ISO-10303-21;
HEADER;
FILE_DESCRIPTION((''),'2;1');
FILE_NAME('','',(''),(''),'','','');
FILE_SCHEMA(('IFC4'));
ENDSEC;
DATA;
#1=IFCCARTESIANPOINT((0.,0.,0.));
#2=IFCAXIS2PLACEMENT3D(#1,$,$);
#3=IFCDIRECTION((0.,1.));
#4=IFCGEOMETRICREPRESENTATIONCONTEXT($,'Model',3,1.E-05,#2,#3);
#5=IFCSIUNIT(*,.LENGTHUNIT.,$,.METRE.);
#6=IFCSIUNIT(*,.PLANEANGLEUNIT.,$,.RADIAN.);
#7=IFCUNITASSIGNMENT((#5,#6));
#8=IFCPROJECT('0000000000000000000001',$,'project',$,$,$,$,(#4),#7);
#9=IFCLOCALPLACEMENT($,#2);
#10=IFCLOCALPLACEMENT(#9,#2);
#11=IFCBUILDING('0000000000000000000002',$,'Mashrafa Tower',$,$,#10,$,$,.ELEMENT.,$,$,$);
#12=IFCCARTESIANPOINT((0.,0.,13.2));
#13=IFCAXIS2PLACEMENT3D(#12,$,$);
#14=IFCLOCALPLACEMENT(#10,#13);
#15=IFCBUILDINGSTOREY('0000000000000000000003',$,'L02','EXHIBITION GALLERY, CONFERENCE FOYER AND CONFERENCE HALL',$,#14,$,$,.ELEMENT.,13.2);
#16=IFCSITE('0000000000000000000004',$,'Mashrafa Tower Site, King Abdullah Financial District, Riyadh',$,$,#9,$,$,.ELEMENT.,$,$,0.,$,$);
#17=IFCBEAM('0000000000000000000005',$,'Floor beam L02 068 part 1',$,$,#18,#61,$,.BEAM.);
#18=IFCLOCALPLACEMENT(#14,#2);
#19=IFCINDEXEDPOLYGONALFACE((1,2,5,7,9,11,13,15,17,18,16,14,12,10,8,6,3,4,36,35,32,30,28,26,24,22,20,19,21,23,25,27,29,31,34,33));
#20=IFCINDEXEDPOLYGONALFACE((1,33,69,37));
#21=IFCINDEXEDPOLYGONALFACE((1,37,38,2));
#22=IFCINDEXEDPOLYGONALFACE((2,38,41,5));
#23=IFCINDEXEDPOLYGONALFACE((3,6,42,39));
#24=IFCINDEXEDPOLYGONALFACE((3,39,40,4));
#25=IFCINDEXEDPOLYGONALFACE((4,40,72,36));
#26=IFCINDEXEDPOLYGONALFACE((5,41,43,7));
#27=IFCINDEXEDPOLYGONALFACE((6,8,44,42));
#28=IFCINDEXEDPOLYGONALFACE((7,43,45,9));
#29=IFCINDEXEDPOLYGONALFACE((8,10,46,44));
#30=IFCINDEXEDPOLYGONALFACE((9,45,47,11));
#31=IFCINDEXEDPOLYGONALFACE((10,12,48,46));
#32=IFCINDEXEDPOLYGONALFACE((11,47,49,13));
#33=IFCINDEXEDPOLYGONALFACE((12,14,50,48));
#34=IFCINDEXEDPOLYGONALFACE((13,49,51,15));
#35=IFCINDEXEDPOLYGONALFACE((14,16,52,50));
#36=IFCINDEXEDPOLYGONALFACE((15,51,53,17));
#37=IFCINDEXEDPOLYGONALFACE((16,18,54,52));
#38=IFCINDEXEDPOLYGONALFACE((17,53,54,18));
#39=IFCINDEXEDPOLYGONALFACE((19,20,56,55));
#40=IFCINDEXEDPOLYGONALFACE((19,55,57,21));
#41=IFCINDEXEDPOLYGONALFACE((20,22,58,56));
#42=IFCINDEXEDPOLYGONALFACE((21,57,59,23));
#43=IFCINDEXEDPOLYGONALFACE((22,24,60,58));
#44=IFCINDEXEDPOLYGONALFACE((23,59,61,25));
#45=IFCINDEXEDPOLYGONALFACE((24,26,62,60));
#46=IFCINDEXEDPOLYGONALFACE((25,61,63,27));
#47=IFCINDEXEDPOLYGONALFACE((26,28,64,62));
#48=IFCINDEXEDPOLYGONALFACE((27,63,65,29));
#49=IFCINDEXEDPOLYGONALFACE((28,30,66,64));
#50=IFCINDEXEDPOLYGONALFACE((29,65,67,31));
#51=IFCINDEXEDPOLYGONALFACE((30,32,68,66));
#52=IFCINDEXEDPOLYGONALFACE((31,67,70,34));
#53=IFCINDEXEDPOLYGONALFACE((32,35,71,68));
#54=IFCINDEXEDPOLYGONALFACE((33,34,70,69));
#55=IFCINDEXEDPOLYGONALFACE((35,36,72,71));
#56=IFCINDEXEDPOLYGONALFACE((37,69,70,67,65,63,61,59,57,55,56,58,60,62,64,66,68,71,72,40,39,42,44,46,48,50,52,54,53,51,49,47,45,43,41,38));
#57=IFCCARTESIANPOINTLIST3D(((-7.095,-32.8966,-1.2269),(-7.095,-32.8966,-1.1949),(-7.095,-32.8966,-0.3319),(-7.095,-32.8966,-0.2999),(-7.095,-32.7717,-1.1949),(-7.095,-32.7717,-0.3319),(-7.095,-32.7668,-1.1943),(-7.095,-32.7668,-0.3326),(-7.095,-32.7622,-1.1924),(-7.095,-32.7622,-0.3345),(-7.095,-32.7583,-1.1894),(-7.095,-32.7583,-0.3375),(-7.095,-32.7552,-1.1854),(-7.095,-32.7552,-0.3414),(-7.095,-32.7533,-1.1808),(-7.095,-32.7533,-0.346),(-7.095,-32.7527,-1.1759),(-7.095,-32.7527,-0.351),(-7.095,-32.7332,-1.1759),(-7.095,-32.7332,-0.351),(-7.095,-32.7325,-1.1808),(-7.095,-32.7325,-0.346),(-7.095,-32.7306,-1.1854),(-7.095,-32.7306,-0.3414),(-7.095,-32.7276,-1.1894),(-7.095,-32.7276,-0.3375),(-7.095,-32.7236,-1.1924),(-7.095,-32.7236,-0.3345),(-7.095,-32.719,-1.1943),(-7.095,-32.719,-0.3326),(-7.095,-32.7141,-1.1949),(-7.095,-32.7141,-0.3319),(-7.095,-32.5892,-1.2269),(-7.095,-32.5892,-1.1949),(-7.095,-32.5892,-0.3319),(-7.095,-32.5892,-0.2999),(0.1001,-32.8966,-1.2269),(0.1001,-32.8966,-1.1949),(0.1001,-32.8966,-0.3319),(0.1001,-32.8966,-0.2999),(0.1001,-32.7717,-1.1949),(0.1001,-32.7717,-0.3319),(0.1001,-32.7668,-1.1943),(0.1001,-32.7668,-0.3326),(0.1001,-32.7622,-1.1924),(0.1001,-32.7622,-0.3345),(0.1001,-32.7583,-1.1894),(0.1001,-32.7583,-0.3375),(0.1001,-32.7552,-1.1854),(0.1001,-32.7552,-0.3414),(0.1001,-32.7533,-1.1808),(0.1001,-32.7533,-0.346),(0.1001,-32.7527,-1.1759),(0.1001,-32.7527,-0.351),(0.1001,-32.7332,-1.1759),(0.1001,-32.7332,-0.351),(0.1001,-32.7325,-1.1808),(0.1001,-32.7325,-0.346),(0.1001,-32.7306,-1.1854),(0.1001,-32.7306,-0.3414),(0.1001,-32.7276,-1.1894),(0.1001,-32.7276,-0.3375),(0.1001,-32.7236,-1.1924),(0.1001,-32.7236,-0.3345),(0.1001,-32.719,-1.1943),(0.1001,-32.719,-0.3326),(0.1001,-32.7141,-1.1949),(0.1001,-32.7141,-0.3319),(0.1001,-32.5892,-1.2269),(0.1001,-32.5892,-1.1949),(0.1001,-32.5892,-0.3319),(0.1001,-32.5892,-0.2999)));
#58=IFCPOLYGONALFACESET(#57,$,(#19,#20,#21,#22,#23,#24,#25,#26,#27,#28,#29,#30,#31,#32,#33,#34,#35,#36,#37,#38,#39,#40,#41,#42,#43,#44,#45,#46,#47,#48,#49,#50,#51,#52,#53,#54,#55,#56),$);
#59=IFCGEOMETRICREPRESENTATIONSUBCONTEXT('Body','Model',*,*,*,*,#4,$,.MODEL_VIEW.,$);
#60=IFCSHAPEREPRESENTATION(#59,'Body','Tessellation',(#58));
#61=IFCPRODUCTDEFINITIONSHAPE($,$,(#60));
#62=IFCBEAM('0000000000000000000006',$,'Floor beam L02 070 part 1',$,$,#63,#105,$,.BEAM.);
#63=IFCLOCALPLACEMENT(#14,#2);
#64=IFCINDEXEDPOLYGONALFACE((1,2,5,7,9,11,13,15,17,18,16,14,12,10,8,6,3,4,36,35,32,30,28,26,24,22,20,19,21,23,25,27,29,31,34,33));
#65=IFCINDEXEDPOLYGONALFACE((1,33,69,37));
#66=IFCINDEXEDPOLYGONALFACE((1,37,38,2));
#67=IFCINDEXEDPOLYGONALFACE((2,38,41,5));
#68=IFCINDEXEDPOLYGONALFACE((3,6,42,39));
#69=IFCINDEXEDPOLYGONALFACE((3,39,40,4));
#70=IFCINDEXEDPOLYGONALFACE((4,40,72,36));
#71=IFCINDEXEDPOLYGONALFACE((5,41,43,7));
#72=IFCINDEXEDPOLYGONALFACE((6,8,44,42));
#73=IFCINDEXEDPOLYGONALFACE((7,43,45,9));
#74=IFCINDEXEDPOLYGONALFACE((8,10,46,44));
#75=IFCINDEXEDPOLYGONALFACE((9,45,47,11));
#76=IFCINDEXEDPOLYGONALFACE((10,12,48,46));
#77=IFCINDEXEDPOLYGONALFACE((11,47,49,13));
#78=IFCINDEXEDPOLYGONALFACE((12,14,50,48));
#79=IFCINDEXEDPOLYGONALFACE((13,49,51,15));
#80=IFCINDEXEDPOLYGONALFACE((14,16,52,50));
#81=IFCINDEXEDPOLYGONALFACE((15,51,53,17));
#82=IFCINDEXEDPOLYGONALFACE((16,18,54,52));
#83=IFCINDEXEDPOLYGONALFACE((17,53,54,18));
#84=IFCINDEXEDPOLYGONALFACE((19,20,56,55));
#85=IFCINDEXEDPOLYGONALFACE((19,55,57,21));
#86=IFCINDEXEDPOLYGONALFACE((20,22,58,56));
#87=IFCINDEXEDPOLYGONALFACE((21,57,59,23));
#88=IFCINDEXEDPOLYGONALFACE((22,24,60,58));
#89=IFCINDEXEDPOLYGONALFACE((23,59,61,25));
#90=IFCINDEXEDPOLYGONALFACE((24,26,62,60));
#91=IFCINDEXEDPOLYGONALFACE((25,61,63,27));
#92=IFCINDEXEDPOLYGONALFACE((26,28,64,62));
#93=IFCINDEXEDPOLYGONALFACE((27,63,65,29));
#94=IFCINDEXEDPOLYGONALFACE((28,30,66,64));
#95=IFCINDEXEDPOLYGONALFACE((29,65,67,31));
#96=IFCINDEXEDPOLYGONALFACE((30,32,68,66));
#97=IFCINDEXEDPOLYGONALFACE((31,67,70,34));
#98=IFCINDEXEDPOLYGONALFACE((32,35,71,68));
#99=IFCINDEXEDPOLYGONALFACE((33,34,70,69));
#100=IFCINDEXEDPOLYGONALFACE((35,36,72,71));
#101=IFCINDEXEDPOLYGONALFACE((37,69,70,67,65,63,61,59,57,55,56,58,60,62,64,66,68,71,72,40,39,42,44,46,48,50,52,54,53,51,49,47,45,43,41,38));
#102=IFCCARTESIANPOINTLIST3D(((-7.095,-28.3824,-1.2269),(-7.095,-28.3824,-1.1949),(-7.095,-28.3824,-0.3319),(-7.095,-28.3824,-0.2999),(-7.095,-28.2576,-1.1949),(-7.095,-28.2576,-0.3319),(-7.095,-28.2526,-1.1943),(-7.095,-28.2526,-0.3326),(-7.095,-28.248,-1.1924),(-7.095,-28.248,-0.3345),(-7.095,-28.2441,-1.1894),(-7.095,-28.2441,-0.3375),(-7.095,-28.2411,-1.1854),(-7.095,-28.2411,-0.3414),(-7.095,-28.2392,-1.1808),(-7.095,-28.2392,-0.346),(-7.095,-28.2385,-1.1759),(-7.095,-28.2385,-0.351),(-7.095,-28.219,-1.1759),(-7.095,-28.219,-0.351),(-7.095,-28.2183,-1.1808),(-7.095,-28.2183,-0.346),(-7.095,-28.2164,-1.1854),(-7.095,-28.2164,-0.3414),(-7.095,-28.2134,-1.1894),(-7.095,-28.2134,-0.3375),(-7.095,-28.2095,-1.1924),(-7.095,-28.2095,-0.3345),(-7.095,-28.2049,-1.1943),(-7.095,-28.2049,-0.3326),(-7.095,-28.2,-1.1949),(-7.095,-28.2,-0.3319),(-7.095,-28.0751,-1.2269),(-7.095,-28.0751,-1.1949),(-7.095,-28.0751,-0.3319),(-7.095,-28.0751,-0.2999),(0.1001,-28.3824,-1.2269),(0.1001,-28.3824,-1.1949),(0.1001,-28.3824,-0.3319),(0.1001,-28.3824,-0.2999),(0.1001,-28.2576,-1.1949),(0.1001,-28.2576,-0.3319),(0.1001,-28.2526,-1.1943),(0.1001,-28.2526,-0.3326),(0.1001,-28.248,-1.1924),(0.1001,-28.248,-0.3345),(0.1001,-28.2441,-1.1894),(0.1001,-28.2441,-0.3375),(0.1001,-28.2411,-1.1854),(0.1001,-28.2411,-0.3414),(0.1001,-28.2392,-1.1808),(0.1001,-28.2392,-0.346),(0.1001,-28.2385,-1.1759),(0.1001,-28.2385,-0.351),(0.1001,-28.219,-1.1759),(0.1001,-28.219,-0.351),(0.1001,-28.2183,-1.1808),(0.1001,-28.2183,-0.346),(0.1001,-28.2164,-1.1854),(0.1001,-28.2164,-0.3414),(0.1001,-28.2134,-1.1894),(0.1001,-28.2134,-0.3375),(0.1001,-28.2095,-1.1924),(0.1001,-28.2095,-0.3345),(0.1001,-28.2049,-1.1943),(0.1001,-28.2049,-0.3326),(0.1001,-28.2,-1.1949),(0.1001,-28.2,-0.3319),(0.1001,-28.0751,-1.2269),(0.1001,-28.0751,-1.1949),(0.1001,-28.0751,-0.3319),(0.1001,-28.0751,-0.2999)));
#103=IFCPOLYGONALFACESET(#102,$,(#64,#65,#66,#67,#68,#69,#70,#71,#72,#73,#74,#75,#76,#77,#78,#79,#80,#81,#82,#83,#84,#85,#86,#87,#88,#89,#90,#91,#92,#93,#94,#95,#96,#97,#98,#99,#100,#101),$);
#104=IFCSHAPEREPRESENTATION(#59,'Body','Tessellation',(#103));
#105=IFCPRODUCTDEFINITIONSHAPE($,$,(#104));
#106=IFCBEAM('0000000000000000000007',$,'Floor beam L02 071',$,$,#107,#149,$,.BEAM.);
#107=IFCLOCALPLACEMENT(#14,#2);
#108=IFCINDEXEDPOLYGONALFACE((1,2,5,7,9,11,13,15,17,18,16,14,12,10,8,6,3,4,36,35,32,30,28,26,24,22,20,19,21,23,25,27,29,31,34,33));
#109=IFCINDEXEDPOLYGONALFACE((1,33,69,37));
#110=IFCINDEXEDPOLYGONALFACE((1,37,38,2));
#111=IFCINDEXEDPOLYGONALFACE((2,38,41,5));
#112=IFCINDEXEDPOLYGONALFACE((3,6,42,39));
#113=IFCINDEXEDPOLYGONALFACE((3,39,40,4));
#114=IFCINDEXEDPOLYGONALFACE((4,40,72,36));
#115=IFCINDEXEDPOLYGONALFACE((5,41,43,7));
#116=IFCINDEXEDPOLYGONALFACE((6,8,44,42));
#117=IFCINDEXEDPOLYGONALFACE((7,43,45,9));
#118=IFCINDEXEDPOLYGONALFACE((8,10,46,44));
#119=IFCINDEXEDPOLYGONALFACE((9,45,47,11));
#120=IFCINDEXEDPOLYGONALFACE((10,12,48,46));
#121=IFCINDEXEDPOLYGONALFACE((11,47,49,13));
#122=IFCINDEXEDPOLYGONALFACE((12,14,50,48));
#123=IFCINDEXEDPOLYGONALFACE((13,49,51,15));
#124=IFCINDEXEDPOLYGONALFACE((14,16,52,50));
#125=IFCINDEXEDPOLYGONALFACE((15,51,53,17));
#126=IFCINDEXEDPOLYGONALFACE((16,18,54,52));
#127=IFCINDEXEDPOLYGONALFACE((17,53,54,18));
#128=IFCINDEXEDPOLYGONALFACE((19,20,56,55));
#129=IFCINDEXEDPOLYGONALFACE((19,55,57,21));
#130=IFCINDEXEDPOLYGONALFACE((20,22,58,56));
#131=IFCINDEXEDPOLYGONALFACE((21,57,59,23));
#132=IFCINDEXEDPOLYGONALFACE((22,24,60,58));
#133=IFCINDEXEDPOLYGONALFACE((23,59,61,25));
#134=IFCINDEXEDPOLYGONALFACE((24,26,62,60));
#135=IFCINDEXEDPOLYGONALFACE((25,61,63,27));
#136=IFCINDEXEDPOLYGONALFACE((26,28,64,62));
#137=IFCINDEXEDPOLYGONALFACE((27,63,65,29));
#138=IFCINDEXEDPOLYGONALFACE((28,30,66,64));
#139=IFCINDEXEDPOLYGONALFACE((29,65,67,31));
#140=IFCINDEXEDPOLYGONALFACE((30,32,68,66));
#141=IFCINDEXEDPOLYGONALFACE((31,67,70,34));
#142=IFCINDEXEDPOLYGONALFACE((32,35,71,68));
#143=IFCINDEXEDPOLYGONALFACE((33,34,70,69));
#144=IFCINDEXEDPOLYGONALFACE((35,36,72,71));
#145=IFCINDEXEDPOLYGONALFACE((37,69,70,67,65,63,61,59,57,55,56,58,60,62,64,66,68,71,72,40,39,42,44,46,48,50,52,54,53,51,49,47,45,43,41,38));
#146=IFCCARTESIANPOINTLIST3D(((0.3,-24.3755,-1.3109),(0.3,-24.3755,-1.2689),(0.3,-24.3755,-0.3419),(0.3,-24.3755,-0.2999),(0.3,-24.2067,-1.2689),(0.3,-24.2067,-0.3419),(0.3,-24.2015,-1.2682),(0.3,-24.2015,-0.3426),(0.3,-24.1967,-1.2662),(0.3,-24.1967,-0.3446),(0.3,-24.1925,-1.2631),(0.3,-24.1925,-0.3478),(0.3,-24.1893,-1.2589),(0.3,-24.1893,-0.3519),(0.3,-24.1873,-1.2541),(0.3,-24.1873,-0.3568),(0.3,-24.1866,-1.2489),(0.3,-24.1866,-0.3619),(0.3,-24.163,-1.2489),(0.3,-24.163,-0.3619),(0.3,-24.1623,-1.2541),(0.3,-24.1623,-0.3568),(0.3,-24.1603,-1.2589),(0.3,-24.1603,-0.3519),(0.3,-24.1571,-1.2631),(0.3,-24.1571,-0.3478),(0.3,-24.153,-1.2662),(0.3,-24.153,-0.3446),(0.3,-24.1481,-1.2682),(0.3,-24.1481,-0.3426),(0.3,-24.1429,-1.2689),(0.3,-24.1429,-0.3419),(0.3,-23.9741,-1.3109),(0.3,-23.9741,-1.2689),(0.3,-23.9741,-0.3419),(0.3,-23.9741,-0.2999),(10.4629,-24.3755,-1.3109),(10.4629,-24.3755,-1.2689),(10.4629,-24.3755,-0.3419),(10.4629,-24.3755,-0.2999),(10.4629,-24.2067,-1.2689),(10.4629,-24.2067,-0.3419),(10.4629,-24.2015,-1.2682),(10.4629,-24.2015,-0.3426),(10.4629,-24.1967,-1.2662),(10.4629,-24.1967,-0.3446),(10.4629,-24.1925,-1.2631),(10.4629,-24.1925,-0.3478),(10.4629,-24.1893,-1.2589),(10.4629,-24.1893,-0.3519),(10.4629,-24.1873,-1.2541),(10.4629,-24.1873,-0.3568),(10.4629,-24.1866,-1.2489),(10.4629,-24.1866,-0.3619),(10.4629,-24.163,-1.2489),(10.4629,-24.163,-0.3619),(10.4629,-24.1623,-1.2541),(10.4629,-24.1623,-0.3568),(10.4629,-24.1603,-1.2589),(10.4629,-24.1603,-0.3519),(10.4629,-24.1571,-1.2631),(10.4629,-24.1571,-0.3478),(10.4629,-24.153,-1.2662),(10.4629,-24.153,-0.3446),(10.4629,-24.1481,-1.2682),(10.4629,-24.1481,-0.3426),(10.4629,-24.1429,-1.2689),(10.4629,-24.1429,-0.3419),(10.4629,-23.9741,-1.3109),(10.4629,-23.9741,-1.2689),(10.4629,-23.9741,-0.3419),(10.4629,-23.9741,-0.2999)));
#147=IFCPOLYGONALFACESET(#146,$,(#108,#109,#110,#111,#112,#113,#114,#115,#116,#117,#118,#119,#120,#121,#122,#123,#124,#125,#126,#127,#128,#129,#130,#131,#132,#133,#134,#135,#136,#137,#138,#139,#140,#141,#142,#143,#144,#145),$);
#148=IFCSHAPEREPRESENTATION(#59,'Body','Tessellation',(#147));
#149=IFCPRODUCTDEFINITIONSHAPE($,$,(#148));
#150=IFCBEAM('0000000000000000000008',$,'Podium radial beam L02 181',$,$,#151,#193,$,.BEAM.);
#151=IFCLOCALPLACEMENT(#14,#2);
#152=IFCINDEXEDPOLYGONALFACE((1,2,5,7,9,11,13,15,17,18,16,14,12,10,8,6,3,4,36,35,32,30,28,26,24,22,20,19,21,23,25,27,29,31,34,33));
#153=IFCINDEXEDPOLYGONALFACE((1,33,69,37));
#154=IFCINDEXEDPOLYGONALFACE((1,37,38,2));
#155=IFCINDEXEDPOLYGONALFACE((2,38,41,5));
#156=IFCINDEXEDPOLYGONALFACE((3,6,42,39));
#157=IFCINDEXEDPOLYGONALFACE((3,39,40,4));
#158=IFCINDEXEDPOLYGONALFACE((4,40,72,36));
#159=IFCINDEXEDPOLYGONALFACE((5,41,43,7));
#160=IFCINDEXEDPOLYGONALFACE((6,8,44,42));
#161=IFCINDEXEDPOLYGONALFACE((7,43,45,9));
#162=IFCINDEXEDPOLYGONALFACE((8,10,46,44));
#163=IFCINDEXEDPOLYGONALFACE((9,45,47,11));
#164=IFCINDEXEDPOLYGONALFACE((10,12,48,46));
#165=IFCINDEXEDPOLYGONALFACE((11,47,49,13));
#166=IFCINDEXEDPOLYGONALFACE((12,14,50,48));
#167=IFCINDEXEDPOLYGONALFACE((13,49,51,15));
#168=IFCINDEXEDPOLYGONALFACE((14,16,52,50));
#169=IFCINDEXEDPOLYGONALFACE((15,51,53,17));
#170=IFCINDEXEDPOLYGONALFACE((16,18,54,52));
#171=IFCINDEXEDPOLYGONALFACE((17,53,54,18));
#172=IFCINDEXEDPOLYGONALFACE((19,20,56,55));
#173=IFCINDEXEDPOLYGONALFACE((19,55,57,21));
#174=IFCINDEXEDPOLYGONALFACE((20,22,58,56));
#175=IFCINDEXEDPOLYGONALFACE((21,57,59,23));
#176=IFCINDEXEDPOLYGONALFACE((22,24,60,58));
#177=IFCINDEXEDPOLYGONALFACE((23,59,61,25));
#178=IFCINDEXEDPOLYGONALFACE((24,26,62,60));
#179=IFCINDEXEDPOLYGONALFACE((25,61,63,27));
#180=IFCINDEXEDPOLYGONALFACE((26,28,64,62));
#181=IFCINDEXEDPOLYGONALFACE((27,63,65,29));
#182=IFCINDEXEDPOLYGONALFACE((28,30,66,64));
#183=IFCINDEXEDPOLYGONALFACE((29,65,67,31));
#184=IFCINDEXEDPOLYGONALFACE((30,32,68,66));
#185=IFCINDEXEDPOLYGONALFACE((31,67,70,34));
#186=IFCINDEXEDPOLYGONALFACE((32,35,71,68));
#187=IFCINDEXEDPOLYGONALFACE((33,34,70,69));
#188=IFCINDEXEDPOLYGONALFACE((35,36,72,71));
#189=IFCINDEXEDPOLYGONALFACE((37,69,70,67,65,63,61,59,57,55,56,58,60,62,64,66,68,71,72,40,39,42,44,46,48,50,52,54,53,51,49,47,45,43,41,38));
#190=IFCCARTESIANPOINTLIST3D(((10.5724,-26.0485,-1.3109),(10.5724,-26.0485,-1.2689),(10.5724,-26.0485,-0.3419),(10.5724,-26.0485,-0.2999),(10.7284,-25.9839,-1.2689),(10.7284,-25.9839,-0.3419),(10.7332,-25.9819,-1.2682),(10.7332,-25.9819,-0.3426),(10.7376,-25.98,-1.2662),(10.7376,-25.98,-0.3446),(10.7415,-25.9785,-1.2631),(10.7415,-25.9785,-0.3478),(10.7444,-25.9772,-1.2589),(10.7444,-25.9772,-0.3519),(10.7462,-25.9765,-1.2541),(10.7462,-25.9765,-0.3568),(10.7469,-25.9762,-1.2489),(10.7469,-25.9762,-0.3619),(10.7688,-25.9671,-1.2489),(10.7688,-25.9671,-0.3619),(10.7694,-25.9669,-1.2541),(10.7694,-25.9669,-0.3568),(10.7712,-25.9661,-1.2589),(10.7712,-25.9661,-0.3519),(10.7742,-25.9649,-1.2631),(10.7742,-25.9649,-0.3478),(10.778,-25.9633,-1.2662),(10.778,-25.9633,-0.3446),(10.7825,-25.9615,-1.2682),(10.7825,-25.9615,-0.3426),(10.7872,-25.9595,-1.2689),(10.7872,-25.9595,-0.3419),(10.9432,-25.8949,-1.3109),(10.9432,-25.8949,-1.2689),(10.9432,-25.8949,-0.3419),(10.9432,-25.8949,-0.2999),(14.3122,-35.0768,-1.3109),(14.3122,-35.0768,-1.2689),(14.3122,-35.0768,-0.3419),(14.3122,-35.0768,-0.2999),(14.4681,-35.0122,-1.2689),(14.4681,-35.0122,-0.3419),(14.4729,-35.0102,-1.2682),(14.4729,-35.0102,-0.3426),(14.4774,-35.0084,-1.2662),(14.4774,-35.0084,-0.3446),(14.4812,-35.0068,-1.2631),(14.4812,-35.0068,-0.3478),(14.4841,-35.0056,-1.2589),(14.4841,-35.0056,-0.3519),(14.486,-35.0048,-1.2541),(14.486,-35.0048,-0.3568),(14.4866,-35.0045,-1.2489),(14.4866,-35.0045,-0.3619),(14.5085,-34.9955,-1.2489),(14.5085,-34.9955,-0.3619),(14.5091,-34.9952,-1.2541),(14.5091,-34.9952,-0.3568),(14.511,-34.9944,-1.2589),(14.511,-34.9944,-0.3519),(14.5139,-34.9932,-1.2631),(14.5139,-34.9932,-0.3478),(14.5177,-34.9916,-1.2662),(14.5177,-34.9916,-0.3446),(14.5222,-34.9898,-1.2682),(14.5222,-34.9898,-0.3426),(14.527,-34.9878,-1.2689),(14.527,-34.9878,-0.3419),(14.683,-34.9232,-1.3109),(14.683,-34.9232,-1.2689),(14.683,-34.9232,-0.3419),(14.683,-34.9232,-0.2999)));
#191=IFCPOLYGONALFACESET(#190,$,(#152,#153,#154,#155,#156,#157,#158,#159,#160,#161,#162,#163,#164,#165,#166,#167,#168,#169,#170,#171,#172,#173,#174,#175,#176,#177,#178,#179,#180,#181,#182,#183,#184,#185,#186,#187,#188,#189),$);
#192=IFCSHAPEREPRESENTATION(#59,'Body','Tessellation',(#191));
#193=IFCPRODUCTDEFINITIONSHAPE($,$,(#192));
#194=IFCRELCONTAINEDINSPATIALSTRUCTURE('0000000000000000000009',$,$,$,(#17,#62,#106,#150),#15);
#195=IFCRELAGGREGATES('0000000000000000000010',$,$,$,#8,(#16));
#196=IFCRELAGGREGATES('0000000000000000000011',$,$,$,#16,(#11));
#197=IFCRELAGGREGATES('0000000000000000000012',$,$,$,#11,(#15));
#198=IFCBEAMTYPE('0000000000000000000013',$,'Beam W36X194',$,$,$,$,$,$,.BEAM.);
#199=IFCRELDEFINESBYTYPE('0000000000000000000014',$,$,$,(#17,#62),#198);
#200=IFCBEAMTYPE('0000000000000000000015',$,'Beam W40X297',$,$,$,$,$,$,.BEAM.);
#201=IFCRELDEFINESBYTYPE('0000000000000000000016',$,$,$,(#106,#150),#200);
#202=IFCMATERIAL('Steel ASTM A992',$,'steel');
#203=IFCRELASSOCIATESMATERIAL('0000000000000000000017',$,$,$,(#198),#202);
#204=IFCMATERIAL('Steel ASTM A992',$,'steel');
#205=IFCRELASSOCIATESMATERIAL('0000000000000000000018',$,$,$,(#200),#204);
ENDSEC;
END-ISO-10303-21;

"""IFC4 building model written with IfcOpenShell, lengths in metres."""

from ifc_helpers import new_model, si_unit, direction, frame, origin, origin_2d, place, context, subcontext, project, spatial, i_section, extrude, material, material_profile, profile_set, type_object, element, save


model = new_model("IFC4")

# Units and contexts
model_context = context("Model", 3, precision=1e-05, world=origin(), true_north=direction((0.0, 1.0)))
body_context = subcontext(model_context, "Body", "Model", "MODEL_VIEW")
ifc_project = project(units=[si_unit("LENGTHUNIT", "METRE"), si_unit("PLANEANGLEUNIT", "RADIAN")], contexts=[model_context])

# Site, building, storey
site_placement = place(None, origin())
site = spatial("IfcSite", under=ifc_project, at=site_placement, Name="Mashrafa Tower Site, King Abdullah Financial District, Riyadh", CompositionType="ELEMENT", RefElevation=0.0)
building_placement = place(site_placement, origin())
building = spatial("IfcBuilding", under=site, at=building_placement, Name="Mashrafa Tower", CompositionType="ELEMENT")
storey_placement = place(building_placement, frame((0.0, 0.0, 13.2)))
storey = spatial("IfcBuildingStorey", under=building, at=storey_placement, Name="L02", Description="EXHIBITION GALLERY, CONFERENCE FOYER AND CONFERENCE HALL", CompositionType="ELEMENT", Elevation=13.2)

# Beams
ifc_material_1 = material(Name="Steel ASTM A992", Category="steel")
ifc_material_profile_1 = material_profile(ifc_material_1, i_section(OverallWidth=0.3074, OverallDepth=0.927, WebThickness=0.0195, FlangeThickness=0.032, FilletRadius=0.019, at=origin_2d()), Name="W36X194")
ifc_profile_set_1 = profile_set([ifc_material_profile_1], Name="Steel ASTM A992")
beam_type_1 = type_object("IfcBeamType", Name="Beam W36X194", PredefinedType="BEAM", material=ifc_profile_set_1)
for number, where, z_axis, x_axis, name in (
    (1, (0.1001, -32.7429, -0.7634), (-1.0, 0.0, 0.0), (0.0, -1.0, 0.0), "Floor beam L02 068 part 1"),
    (2, (0.1001, -28.2288, -0.7634), (-1.0, 0.0, 0.0), (0.0, -1.0, 0.0), "Floor beam L02 070 part 1"),
):
    element("IfcBeam", number, at=place(storey_placement, frame(where, z_axis=z_axis, x_axis=x_axis)), inside=storey, type_object=beam_type_1, Name=name, PredefinedType="BEAM", context=body_context, shape_type="SweptSolid", body=[
        extrude(i_section(OverallWidth=0.3074, OverallDepth=0.927, WebThickness=0.0195, FlangeThickness=0.032, FilletRadius=0.019, at=origin_2d()), origin(), (0.0, 0.0, 1.0), 7.1951),
    ])
ifc_material_2 = material(Name="Steel ASTM A992", Category="steel")
ifc_material_profile_2 = material_profile(ifc_material_2, i_section(OverallWidth=0.4014, OverallDepth=1.011, WebThickness=0.0237, FlangeThickness=0.042, FilletRadius=0.02, at=origin_2d()), Name="W40X297")
ifc_profile_set_2 = profile_set([ifc_material_profile_2], Name="Steel ASTM A992")
beam_type_2 = type_object("IfcBeamType", Name="Beam W40X297", PredefinedType="BEAM", material=ifc_profile_set_2)
beam_1_placement = place(storey_placement, frame((10.4629, -24.1748, -0.8054), z_axis=(-1.0, 0.0, 0.0), x_axis=(0.0, -1.0, 0.0)))
element("IfcBeam", 3, at=beam_1_placement, inside=storey, type_object=beam_type_2, Name="Floor beam L02 071", PredefinedType="BEAM", context=body_context, shape_type="SweptSolid", body=[
    extrude(i_section(OverallWidth=0.4014, OverallDepth=1.011, WebThickness=0.0237, FlangeThickness=0.042, FilletRadius=0.02, at=origin_2d()), origin(), (0.0, 0.0, 1.0), 10.1628),
])
beam_2_placement = place(storey_placement, frame((10.7578, -25.9717, -0.8054), z_axis=(0.382692, -0.923876, 0.0), x_axis=(0.923876, 0.382692, 0.0)))
element("IfcBeam", 4, at=beam_2_placement, inside=storey, type_object=beam_type_2, Name="Podium radial beam L02 181", PredefinedType="BEAM", context=body_context, shape_type="SweptSolid", body=[
    extrude(i_section(OverallWidth=0.4014, OverallDepth=1.011, WebThickness=0.0237, FlangeThickness=0.042, FilletRadius=0.02, at=origin_2d()), origin(), (0.0, 0.0, 1.0), 9.7722),
])

save(model, "model.ifc")
